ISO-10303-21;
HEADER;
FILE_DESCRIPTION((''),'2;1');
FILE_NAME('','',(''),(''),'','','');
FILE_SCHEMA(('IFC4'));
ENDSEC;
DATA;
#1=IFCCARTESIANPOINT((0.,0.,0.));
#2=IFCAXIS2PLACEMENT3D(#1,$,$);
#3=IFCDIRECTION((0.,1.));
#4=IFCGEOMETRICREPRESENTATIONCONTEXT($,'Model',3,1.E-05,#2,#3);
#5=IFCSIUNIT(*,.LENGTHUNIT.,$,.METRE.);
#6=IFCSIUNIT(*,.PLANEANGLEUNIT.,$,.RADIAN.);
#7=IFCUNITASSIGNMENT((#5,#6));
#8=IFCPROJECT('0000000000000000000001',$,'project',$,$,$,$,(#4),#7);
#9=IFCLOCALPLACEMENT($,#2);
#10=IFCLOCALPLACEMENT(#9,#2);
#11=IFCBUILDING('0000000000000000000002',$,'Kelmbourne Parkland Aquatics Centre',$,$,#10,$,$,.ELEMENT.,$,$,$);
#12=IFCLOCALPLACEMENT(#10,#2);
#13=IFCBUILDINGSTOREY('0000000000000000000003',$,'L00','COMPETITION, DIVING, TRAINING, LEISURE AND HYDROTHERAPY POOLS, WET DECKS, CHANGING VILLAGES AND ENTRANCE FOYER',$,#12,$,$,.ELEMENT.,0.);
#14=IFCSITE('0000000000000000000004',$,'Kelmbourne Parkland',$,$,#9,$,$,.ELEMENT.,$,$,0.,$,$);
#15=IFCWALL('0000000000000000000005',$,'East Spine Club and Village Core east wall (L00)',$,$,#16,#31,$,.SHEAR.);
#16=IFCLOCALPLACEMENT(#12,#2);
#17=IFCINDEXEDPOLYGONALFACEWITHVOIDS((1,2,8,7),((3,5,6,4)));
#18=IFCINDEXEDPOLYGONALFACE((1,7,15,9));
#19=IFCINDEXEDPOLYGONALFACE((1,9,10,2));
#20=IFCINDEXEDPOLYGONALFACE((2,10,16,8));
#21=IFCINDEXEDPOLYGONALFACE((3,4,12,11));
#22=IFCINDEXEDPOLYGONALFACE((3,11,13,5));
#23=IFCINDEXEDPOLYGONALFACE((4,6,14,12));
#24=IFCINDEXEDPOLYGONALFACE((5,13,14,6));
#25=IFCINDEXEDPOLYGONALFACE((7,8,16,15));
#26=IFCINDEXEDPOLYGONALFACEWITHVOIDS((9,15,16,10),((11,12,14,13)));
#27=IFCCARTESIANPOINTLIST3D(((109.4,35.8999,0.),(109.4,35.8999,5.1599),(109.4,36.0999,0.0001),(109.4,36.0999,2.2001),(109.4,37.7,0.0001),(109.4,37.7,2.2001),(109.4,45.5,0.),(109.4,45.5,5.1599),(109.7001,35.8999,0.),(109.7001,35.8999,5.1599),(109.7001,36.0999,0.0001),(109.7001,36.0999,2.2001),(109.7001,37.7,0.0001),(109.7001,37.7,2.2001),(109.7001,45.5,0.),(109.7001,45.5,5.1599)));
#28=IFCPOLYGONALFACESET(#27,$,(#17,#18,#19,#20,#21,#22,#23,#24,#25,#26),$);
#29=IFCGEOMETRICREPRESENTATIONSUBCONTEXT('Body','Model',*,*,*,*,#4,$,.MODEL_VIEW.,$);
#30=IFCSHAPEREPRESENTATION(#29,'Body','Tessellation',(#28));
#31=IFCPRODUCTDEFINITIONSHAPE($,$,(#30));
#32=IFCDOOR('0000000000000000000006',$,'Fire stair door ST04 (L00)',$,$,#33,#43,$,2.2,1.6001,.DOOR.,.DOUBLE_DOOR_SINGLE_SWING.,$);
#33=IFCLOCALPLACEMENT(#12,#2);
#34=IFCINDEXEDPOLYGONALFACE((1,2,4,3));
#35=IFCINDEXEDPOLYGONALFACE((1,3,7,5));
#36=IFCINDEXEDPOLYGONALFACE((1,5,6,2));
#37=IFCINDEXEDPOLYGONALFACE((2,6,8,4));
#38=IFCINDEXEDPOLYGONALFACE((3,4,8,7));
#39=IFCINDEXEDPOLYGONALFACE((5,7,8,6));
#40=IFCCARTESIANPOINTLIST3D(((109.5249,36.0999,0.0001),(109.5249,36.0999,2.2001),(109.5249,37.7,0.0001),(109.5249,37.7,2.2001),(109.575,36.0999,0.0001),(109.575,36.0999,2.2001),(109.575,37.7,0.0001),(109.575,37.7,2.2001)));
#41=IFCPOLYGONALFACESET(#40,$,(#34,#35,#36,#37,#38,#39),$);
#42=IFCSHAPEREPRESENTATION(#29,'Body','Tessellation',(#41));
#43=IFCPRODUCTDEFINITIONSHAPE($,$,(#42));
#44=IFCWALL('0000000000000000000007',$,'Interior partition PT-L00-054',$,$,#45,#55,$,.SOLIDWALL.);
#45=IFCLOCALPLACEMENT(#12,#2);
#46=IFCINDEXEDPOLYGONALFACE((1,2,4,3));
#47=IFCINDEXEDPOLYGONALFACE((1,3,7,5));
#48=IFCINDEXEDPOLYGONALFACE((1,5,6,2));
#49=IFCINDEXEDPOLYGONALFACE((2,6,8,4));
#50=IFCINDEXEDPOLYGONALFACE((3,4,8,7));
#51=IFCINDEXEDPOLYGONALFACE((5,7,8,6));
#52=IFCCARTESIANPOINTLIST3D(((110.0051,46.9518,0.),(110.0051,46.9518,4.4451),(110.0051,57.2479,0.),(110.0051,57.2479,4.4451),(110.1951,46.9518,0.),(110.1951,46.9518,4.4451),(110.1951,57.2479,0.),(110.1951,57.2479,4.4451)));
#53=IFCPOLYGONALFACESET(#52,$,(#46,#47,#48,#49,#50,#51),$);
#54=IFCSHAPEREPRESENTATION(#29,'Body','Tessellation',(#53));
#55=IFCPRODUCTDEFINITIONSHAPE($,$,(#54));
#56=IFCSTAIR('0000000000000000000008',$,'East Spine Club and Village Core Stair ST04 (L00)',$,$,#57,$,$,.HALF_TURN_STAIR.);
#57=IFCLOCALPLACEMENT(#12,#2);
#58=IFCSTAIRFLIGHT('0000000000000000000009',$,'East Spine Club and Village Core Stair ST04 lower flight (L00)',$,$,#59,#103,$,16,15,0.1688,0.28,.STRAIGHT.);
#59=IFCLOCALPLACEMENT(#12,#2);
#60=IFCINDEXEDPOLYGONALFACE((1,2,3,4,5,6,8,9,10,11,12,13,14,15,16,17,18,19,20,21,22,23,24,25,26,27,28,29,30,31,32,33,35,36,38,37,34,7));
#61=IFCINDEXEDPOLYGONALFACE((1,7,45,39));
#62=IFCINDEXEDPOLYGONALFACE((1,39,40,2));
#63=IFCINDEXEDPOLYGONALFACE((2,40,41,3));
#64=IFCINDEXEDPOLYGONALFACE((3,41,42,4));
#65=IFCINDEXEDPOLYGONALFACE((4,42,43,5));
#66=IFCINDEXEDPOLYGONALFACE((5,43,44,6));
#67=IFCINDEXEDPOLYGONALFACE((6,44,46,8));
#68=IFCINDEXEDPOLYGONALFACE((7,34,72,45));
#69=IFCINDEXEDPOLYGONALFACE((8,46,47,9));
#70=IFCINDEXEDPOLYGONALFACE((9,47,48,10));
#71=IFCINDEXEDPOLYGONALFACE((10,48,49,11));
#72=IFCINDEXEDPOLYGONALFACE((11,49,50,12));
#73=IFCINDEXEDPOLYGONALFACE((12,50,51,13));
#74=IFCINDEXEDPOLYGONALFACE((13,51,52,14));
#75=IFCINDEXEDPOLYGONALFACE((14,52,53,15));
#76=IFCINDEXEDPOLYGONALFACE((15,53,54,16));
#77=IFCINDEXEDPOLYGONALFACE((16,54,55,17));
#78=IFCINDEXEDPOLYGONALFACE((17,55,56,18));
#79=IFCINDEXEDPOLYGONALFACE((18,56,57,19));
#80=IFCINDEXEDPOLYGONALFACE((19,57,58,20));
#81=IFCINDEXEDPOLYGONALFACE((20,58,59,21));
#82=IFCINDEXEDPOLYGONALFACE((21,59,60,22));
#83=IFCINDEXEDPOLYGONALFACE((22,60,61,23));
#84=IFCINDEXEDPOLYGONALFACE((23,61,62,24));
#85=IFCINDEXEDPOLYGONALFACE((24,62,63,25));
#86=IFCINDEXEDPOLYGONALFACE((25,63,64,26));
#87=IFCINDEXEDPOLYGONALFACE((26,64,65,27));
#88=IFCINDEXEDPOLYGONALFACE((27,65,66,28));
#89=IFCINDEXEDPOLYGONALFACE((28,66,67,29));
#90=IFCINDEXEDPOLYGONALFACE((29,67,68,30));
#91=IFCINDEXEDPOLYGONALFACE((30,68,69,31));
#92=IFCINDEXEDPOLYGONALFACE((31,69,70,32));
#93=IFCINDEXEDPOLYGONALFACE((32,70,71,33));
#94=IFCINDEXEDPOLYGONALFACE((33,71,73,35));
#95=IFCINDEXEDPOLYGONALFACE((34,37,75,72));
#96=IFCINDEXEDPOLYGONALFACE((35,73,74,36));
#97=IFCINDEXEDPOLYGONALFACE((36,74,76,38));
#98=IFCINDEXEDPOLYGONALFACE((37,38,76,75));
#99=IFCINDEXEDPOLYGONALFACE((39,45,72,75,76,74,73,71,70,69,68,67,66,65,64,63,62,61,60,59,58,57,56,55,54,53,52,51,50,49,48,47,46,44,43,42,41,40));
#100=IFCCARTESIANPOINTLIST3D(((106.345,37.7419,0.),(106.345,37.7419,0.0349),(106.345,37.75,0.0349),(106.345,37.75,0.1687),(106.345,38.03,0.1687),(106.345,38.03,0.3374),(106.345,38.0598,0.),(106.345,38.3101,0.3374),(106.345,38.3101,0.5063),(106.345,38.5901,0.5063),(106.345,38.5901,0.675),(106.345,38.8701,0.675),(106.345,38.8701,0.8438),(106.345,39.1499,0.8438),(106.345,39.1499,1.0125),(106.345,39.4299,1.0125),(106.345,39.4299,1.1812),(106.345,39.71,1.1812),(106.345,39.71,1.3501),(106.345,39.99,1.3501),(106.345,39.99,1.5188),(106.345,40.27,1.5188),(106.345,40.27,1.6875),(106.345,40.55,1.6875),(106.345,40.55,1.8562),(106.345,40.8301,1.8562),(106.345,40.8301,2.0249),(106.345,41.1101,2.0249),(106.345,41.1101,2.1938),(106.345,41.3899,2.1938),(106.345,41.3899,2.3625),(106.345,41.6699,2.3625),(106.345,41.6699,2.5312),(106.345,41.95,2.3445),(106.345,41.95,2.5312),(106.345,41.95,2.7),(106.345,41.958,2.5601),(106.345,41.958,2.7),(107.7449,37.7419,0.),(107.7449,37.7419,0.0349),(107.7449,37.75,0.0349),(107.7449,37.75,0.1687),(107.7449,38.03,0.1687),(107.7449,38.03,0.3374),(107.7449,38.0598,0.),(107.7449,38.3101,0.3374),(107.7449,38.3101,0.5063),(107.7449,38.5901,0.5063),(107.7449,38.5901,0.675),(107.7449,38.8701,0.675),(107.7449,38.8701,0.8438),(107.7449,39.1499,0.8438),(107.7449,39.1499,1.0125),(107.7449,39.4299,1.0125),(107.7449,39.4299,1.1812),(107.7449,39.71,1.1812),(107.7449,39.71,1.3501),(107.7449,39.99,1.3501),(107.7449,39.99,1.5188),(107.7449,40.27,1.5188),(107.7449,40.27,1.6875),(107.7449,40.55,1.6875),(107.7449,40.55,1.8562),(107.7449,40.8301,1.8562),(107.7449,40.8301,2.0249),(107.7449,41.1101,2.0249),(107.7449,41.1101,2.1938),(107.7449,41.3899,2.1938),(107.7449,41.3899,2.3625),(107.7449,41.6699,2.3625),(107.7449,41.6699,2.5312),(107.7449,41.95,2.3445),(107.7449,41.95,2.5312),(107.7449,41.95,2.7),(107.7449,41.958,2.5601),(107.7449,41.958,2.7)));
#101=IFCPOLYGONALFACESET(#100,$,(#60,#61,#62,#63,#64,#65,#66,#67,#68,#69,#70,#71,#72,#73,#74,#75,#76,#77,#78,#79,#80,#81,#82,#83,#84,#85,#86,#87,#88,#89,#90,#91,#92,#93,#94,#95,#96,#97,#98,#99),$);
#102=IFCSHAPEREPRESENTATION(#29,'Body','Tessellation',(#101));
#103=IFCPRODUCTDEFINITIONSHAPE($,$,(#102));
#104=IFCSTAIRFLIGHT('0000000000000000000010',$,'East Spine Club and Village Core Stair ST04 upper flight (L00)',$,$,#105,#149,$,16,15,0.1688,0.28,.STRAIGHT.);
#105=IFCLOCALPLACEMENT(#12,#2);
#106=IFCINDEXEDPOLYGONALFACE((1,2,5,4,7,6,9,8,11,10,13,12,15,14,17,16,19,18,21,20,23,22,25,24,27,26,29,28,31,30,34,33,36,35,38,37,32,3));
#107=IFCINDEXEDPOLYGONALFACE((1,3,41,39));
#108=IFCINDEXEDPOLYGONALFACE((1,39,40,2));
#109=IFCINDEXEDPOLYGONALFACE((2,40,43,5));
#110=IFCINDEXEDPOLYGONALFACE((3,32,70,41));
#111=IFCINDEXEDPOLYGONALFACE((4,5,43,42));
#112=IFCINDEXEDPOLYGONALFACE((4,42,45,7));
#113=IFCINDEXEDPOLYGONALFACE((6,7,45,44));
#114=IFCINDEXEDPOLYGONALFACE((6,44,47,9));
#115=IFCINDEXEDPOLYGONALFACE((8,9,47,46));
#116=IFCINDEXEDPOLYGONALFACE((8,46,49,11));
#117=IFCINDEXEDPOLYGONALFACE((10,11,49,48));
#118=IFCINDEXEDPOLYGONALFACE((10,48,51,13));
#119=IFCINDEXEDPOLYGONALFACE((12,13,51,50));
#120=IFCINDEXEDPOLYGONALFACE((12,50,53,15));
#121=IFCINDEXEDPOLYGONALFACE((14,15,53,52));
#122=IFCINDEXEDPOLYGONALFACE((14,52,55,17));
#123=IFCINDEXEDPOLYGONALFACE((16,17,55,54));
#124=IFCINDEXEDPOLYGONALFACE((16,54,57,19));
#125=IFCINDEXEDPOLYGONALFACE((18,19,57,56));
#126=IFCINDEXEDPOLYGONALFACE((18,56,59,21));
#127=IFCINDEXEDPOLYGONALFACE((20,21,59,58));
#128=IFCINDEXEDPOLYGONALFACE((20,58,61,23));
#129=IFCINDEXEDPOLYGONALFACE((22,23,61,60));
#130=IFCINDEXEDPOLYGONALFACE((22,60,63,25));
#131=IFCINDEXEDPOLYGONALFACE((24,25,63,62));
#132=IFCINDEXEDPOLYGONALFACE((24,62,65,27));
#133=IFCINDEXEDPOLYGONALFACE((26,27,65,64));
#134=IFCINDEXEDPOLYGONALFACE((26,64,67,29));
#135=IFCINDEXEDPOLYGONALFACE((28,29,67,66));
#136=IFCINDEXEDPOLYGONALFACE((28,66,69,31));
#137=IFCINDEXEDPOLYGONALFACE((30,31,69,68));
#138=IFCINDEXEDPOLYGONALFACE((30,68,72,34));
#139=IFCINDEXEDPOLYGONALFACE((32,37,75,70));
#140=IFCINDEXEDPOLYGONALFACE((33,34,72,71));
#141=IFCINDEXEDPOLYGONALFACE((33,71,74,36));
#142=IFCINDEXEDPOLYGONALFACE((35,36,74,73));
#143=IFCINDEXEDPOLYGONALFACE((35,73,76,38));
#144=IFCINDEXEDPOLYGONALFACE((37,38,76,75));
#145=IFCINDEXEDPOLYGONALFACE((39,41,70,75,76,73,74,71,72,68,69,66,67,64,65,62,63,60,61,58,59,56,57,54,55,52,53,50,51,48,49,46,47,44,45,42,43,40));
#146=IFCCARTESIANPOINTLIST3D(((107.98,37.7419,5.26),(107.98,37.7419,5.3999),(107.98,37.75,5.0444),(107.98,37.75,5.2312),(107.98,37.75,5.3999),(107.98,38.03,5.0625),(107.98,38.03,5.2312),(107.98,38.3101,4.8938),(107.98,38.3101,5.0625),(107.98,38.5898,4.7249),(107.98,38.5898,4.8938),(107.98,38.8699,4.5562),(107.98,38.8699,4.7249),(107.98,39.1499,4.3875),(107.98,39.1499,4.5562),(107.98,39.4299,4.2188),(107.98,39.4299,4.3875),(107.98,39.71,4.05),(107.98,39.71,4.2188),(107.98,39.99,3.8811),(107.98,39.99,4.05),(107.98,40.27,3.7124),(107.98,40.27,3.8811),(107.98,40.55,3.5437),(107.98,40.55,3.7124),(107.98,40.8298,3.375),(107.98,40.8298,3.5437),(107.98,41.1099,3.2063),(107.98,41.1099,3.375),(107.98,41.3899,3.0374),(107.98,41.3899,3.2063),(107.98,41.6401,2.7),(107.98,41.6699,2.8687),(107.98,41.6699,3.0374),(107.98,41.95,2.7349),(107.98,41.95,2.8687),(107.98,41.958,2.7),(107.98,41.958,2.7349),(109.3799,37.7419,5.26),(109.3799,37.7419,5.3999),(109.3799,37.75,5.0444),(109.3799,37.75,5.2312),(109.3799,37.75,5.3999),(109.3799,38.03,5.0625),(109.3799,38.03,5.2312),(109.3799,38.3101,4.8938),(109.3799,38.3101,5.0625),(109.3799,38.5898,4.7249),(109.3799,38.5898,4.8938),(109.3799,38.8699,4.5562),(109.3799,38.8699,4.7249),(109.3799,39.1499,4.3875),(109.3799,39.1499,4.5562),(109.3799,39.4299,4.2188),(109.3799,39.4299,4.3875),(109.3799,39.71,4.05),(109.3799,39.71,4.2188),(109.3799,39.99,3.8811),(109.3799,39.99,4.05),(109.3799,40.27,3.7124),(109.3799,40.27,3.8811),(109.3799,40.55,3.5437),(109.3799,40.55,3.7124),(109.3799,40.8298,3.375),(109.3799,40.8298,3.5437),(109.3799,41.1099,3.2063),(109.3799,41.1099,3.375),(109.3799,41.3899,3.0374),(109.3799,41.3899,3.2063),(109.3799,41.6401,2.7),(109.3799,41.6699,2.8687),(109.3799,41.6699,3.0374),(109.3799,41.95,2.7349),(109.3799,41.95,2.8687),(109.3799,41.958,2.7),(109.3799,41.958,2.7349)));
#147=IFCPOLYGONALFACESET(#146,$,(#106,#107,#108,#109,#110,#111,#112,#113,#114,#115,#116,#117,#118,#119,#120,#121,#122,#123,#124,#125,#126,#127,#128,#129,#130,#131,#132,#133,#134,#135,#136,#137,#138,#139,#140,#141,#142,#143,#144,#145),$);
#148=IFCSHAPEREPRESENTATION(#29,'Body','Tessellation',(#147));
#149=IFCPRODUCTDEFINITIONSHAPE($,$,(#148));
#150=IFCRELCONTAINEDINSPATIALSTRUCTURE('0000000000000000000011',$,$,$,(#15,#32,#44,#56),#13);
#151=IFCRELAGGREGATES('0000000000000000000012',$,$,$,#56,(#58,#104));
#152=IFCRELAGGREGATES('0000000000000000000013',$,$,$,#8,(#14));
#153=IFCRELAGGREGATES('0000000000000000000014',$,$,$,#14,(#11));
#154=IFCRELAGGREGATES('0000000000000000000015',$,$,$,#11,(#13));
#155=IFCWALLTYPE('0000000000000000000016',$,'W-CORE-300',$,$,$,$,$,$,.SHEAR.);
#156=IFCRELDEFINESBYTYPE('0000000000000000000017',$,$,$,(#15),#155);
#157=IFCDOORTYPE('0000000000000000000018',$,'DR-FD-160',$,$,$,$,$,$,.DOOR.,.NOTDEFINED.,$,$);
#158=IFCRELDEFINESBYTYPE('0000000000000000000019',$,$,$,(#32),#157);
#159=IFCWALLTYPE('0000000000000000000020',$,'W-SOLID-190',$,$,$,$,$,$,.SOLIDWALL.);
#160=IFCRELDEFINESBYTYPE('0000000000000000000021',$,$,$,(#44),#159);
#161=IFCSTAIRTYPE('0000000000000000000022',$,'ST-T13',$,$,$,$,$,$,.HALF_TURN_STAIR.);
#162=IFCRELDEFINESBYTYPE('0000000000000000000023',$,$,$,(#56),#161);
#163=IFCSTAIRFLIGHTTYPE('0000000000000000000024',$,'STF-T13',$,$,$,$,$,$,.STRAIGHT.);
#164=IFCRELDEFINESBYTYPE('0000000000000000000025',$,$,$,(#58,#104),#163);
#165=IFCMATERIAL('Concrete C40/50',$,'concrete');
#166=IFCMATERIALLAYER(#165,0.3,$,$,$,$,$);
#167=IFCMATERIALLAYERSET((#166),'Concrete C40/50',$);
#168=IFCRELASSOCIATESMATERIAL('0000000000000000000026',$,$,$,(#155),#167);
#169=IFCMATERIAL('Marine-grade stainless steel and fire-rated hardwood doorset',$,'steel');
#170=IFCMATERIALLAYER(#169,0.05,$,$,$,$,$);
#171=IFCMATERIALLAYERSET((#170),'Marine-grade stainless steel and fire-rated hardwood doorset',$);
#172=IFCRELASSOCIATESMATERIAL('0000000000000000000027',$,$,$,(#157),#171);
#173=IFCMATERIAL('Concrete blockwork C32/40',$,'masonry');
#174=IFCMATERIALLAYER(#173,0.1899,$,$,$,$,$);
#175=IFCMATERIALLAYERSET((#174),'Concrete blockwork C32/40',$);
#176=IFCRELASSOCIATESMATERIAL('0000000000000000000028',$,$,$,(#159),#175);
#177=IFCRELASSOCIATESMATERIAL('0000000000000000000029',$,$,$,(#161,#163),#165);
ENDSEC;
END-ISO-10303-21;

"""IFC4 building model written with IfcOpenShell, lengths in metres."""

from ifc_helpers import new_model, si_unit, direction, frame, frame_2d, origin, place, context, subcontext, project, spatial, polyline, rectangle, outline, extrude, material, layer, layer_set, type_object, element, fill, aggregate, save


model = new_model("IFC4")

# Units and contexts
model_context = context("Model", 3, precision=1e-05, world=origin(), true_north=direction((0.0, 1.0)))
body_context = subcontext(model_context, "Body", "Model", "MODEL_VIEW")
ifc_project = project(units=[si_unit("LENGTHUNIT", "METRE"), si_unit("PLANEANGLEUNIT", "RADIAN")], contexts=[model_context])

# Site, building, storey
site_placement = place(None, origin())
site = spatial("IfcSite", under=ifc_project, at=site_placement, Name="Kelmbourne Parkland", CompositionType="ELEMENT", RefElevation=0.0)
building_placement = place(site_placement, origin())
building = spatial("IfcBuilding", under=site, at=building_placement, Name="Kelmbourne Parkland Aquatics Centre", CompositionType="ELEMENT")
storey_placement = place(building_placement, origin())
storey = spatial("IfcBuildingStorey", under=building, at=storey_placement, Name="L00", Description="COMPETITION, DIVING, TRAINING, LEISURE AND HYDROTHERAPY POOLS, WET DECKS, CHANGING VILLAGES AND ENTRANCE FOYER", CompositionType="ELEMENT", Elevation=0.0)

# Shared definitions
ifc_material_1 = material(Name="Concrete C40/50", Category="concrete")

# Shared definitions
ifc_layer_1 = layer(ifc_material_1, 0.3)
ifc_layer_set_1 = layer_set([ifc_layer_1], Name="Concrete C40/50")
wall_type_1 = type_object("IfcWallType", Name="W-CORE-300", PredefinedType="SHEAR", material=ifc_layer_set_1)

# Wall, opening, door
wall_1_placement = place(storey_placement, frame((109.55, 35.8999, 0.0), z_axis=(0.0, 0.0, 1.0), x_axis=(0.0, 1.0, 0.0)))
wall_1 = element("IfcWall", 1, at=wall_1_placement, inside=storey, type_object=wall_type_1, Name="East Spine Club and Village Core east wall (L00)", PredefinedType="SHEAR", context=body_context, shape_type="SweptSolid", body=[
    extrude(rectangle(XDim=9.6001, YDim=0.3, at=frame_2d((4.8, 0.0))), origin(), (0.0, 0.0, 1.0), 5.1599),
])
opening_placement = place(wall_1_placement, frame((0.2, 0.0, 0.0)))
opening = element("IfcOpeningElement", 2, at=opening_placement, cuts=wall_1, PredefinedType="OPENING", context=body_context, shape_type="SweptSolid", body=[
    extrude(rectangle(XDim=1.6001, YDim=2.2, at=frame_2d((0.8, 1.1001))), frame((0.0, 0.1621, 0.0), z_axis=(0.0, -1.0, 0.0), x_axis=(1.0, 0.0, 0.0)), (0.0, 0.0, 1.0), 0.324),
])
ifc_material_2 = material(Name="Marine-grade stainless steel and fire-rated hardwood doorset", Category="steel")
ifc_layer_2 = layer(ifc_material_2, 0.05)
ifc_layer_set_2 = layer_set([ifc_layer_2], Name="Marine-grade stainless steel and fire-rated hardwood doorset")
door_type = type_object("IfcDoorType", Name="DR-FD-160", OperationType="NOTDEFINED", PredefinedType="DOOR", material=ifc_layer_set_2)
door_placement = place(opening_placement, frame((1.6001, 0.0, 0.0), z_axis=(0.0, 0.0, 1.0), x_axis=(-1.0, 0.0, 0.0)))
door = element("IfcDoor", 3, at=door_placement, inside=storey, type_object=door_type, Name="Fire stair door ST04 (L00)", OperationType="DOUBLE_DOOR_SINGLE_SWING", OverallHeight=2.2, OverallWidth=1.6001, PredefinedType="DOOR", context=body_context, shape_type="SweptSolid", body=[
    extrude(rectangle(XDim=1.6001, YDim=2.2, at=frame_2d((0.8, 1.1001))), frame((0.0, 0.0249, 0.0), z_axis=(0.0, -1.0, 0.0), x_axis=(1.0, 0.0, 0.0)), (0.0, 0.0, 1.0), 0.05),
])
fill(opening, door)

# Wall
ifc_material_3 = material(Name="Concrete blockwork C32/40", Category="masonry")
ifc_layer_3 = layer(ifc_material_3, 0.1899)
ifc_layer_set_3 = layer_set([ifc_layer_3], Name="Concrete blockwork C32/40")
wall_type_2 = type_object("IfcWallType", Name="W-SOLID-190", PredefinedType="SOLIDWALL", material=ifc_layer_set_3)
wall_2_placement = place(storey_placement, frame((110.1001, 46.9519, 0.0), z_axis=(0.0, 0.0, 1.0), x_axis=(0.0, 1.0, 0.0)))
element("IfcWall", 4, at=wall_2_placement, inside=storey, type_object=wall_type_2, Name="Interior partition PT-L00-054", PredefinedType="SOLIDWALL", context=body_context, shape_type="SweptSolid", body=[
    extrude(rectangle(XDim=10.2961, YDim=0.1899, at=frame_2d((5.1479, 0.0))), origin(), (0.0, 0.0, 1.0), 4.4451),
])

# Stair, stair flights
stair_type = type_object("IfcStairType", Name="ST-T13", PredefinedType="HALF_TURN_STAIR", material=ifc_material_1)
stair_placement = place(storey_placement, origin())
stair = element("IfcStair", 5, at=stair_placement, inside=storey, type_object=stair_type, Name="East Spine Club and Village Core Stair ST04 (L00)", PredefinedType="HALF_TURN_STAIR")
stair_flight_type = type_object("IfcStairFlightType", Name="STF-T13", PredefinedType="STRAIGHT", material=ifc_material_1)
stair_flight_1_placement = place(storey_placement, frame((107.0449, 37.75, 0.0), z_axis=(0.0, 0.0, 1.0), x_axis=(0.0, 1.0, 0.0)))
stair_flight_1 = element("IfcStairFlight", 6, at=stair_flight_1_placement, type_object=stair_flight_type, Name="East Spine Club and Village Core Stair ST04 lower flight (L00)", NumberOfRisers=16, NumberOfTreads=15, PredefinedType="STRAIGHT", RiserHeight=0.1688, TreadLength=0.28, context=body_context, shape_type="SweptSolid", body=[
    extrude(outline(polyline([(-0.0081, 0.0), (-0.0081, 0.0349), (0.0, 0.0349), (0.0, 0.1687), (0.28, 0.1687), (0.28, 0.3374), (0.5601, 0.3374), (0.5601, 0.5063), (0.8401, 0.5063), (0.8401, 0.675), (1.1201, 0.675), (1.1201, 0.8438), (1.3999, 0.8438), (1.3999, 1.0125), (1.6799, 1.0125), (1.6799, 1.1812), (1.96, 1.1812), (1.96, 1.3501), (2.24, 1.3501), (2.24, 1.5188), (2.52, 1.5188), (2.52, 1.6875), (2.8, 1.6875), (2.8, 1.8562), (3.0801, 1.8562), (3.0801, 2.0249), (3.3601, 2.0249), (3.3601, 2.1938), (3.6399, 2.1938), (3.6399, 2.3625), (3.9199, 2.3625), (3.9199, 2.5312), (4.2, 2.5312), (4.2, 2.7), (4.208, 2.7), (4.208, 2.5601), (4.2, 2.3445), (0.3098, 0.0), (-0.0081, 0.0)])), frame((0.0, 0.7, 0.0), z_axis=(0.0, -1.0, 0.0), x_axis=(1.0, 0.0, 0.0)), (0.0, 0.0, 1.0), 1.3999),
])
stair_flight_2_placement = place(storey_placement, frame((108.6799, 41.95, 2.7), z_axis=(0.0, 0.0, 1.0), x_axis=(0.0, -1.0, 0.0)))
stair_flight_2 = element("IfcStairFlight", 7, at=stair_flight_2_placement, type_object=stair_flight_type, Name="East Spine Club and Village Core Stair ST04 upper flight (L00)", NumberOfRisers=16, NumberOfTreads=15, PredefinedType="STRAIGHT", RiserHeight=0.1688, TreadLength=0.28, context=body_context, shape_type="SweptSolid", body=[
    extrude(outline(polyline([(-0.0081, 0.0), (-0.0081, 0.0349), (0.0, 0.0349), (0.0, 0.1687), (0.28, 0.1687), (0.28, 0.3374), (0.5601, 0.3374), (0.5601, 0.5063), (0.8401, 0.5063), (0.8401, 0.675), (1.1201, 0.675), (1.1201, 0.8438), (1.3999, 0.8438), (1.3999, 1.0125), (1.6799, 1.0125), (1.6799, 1.1812), (1.96, 1.1812), (1.96, 1.3501), (2.24, 1.3501), (2.24, 1.5188), (2.52, 1.5188), (2.52, 1.6875), (2.8, 1.6875), (2.8, 1.8562), (3.0801, 1.8562), (3.0801, 2.0249), (3.3601, 2.0249), (3.3601, 2.1938), (3.6399, 2.1938), (3.6399, 2.3625), (3.9199, 2.3625), (3.9199, 2.5312), (4.2, 2.5312), (4.2, 2.7), (4.208, 2.7), (4.208, 2.5601), (4.2, 2.3445), (0.3098, 0.0), (-0.0081, 0.0)])), frame((0.0, 0.7, 0.0), z_axis=(0.0, -1.0, 0.0), x_axis=(1.0, 0.0, 0.0)), (0.0, 0.0, 1.0), 1.3999),
])
aggregate(stair, [stair_flight_1, stair_flight_2])

save(model, "model.ifc")
